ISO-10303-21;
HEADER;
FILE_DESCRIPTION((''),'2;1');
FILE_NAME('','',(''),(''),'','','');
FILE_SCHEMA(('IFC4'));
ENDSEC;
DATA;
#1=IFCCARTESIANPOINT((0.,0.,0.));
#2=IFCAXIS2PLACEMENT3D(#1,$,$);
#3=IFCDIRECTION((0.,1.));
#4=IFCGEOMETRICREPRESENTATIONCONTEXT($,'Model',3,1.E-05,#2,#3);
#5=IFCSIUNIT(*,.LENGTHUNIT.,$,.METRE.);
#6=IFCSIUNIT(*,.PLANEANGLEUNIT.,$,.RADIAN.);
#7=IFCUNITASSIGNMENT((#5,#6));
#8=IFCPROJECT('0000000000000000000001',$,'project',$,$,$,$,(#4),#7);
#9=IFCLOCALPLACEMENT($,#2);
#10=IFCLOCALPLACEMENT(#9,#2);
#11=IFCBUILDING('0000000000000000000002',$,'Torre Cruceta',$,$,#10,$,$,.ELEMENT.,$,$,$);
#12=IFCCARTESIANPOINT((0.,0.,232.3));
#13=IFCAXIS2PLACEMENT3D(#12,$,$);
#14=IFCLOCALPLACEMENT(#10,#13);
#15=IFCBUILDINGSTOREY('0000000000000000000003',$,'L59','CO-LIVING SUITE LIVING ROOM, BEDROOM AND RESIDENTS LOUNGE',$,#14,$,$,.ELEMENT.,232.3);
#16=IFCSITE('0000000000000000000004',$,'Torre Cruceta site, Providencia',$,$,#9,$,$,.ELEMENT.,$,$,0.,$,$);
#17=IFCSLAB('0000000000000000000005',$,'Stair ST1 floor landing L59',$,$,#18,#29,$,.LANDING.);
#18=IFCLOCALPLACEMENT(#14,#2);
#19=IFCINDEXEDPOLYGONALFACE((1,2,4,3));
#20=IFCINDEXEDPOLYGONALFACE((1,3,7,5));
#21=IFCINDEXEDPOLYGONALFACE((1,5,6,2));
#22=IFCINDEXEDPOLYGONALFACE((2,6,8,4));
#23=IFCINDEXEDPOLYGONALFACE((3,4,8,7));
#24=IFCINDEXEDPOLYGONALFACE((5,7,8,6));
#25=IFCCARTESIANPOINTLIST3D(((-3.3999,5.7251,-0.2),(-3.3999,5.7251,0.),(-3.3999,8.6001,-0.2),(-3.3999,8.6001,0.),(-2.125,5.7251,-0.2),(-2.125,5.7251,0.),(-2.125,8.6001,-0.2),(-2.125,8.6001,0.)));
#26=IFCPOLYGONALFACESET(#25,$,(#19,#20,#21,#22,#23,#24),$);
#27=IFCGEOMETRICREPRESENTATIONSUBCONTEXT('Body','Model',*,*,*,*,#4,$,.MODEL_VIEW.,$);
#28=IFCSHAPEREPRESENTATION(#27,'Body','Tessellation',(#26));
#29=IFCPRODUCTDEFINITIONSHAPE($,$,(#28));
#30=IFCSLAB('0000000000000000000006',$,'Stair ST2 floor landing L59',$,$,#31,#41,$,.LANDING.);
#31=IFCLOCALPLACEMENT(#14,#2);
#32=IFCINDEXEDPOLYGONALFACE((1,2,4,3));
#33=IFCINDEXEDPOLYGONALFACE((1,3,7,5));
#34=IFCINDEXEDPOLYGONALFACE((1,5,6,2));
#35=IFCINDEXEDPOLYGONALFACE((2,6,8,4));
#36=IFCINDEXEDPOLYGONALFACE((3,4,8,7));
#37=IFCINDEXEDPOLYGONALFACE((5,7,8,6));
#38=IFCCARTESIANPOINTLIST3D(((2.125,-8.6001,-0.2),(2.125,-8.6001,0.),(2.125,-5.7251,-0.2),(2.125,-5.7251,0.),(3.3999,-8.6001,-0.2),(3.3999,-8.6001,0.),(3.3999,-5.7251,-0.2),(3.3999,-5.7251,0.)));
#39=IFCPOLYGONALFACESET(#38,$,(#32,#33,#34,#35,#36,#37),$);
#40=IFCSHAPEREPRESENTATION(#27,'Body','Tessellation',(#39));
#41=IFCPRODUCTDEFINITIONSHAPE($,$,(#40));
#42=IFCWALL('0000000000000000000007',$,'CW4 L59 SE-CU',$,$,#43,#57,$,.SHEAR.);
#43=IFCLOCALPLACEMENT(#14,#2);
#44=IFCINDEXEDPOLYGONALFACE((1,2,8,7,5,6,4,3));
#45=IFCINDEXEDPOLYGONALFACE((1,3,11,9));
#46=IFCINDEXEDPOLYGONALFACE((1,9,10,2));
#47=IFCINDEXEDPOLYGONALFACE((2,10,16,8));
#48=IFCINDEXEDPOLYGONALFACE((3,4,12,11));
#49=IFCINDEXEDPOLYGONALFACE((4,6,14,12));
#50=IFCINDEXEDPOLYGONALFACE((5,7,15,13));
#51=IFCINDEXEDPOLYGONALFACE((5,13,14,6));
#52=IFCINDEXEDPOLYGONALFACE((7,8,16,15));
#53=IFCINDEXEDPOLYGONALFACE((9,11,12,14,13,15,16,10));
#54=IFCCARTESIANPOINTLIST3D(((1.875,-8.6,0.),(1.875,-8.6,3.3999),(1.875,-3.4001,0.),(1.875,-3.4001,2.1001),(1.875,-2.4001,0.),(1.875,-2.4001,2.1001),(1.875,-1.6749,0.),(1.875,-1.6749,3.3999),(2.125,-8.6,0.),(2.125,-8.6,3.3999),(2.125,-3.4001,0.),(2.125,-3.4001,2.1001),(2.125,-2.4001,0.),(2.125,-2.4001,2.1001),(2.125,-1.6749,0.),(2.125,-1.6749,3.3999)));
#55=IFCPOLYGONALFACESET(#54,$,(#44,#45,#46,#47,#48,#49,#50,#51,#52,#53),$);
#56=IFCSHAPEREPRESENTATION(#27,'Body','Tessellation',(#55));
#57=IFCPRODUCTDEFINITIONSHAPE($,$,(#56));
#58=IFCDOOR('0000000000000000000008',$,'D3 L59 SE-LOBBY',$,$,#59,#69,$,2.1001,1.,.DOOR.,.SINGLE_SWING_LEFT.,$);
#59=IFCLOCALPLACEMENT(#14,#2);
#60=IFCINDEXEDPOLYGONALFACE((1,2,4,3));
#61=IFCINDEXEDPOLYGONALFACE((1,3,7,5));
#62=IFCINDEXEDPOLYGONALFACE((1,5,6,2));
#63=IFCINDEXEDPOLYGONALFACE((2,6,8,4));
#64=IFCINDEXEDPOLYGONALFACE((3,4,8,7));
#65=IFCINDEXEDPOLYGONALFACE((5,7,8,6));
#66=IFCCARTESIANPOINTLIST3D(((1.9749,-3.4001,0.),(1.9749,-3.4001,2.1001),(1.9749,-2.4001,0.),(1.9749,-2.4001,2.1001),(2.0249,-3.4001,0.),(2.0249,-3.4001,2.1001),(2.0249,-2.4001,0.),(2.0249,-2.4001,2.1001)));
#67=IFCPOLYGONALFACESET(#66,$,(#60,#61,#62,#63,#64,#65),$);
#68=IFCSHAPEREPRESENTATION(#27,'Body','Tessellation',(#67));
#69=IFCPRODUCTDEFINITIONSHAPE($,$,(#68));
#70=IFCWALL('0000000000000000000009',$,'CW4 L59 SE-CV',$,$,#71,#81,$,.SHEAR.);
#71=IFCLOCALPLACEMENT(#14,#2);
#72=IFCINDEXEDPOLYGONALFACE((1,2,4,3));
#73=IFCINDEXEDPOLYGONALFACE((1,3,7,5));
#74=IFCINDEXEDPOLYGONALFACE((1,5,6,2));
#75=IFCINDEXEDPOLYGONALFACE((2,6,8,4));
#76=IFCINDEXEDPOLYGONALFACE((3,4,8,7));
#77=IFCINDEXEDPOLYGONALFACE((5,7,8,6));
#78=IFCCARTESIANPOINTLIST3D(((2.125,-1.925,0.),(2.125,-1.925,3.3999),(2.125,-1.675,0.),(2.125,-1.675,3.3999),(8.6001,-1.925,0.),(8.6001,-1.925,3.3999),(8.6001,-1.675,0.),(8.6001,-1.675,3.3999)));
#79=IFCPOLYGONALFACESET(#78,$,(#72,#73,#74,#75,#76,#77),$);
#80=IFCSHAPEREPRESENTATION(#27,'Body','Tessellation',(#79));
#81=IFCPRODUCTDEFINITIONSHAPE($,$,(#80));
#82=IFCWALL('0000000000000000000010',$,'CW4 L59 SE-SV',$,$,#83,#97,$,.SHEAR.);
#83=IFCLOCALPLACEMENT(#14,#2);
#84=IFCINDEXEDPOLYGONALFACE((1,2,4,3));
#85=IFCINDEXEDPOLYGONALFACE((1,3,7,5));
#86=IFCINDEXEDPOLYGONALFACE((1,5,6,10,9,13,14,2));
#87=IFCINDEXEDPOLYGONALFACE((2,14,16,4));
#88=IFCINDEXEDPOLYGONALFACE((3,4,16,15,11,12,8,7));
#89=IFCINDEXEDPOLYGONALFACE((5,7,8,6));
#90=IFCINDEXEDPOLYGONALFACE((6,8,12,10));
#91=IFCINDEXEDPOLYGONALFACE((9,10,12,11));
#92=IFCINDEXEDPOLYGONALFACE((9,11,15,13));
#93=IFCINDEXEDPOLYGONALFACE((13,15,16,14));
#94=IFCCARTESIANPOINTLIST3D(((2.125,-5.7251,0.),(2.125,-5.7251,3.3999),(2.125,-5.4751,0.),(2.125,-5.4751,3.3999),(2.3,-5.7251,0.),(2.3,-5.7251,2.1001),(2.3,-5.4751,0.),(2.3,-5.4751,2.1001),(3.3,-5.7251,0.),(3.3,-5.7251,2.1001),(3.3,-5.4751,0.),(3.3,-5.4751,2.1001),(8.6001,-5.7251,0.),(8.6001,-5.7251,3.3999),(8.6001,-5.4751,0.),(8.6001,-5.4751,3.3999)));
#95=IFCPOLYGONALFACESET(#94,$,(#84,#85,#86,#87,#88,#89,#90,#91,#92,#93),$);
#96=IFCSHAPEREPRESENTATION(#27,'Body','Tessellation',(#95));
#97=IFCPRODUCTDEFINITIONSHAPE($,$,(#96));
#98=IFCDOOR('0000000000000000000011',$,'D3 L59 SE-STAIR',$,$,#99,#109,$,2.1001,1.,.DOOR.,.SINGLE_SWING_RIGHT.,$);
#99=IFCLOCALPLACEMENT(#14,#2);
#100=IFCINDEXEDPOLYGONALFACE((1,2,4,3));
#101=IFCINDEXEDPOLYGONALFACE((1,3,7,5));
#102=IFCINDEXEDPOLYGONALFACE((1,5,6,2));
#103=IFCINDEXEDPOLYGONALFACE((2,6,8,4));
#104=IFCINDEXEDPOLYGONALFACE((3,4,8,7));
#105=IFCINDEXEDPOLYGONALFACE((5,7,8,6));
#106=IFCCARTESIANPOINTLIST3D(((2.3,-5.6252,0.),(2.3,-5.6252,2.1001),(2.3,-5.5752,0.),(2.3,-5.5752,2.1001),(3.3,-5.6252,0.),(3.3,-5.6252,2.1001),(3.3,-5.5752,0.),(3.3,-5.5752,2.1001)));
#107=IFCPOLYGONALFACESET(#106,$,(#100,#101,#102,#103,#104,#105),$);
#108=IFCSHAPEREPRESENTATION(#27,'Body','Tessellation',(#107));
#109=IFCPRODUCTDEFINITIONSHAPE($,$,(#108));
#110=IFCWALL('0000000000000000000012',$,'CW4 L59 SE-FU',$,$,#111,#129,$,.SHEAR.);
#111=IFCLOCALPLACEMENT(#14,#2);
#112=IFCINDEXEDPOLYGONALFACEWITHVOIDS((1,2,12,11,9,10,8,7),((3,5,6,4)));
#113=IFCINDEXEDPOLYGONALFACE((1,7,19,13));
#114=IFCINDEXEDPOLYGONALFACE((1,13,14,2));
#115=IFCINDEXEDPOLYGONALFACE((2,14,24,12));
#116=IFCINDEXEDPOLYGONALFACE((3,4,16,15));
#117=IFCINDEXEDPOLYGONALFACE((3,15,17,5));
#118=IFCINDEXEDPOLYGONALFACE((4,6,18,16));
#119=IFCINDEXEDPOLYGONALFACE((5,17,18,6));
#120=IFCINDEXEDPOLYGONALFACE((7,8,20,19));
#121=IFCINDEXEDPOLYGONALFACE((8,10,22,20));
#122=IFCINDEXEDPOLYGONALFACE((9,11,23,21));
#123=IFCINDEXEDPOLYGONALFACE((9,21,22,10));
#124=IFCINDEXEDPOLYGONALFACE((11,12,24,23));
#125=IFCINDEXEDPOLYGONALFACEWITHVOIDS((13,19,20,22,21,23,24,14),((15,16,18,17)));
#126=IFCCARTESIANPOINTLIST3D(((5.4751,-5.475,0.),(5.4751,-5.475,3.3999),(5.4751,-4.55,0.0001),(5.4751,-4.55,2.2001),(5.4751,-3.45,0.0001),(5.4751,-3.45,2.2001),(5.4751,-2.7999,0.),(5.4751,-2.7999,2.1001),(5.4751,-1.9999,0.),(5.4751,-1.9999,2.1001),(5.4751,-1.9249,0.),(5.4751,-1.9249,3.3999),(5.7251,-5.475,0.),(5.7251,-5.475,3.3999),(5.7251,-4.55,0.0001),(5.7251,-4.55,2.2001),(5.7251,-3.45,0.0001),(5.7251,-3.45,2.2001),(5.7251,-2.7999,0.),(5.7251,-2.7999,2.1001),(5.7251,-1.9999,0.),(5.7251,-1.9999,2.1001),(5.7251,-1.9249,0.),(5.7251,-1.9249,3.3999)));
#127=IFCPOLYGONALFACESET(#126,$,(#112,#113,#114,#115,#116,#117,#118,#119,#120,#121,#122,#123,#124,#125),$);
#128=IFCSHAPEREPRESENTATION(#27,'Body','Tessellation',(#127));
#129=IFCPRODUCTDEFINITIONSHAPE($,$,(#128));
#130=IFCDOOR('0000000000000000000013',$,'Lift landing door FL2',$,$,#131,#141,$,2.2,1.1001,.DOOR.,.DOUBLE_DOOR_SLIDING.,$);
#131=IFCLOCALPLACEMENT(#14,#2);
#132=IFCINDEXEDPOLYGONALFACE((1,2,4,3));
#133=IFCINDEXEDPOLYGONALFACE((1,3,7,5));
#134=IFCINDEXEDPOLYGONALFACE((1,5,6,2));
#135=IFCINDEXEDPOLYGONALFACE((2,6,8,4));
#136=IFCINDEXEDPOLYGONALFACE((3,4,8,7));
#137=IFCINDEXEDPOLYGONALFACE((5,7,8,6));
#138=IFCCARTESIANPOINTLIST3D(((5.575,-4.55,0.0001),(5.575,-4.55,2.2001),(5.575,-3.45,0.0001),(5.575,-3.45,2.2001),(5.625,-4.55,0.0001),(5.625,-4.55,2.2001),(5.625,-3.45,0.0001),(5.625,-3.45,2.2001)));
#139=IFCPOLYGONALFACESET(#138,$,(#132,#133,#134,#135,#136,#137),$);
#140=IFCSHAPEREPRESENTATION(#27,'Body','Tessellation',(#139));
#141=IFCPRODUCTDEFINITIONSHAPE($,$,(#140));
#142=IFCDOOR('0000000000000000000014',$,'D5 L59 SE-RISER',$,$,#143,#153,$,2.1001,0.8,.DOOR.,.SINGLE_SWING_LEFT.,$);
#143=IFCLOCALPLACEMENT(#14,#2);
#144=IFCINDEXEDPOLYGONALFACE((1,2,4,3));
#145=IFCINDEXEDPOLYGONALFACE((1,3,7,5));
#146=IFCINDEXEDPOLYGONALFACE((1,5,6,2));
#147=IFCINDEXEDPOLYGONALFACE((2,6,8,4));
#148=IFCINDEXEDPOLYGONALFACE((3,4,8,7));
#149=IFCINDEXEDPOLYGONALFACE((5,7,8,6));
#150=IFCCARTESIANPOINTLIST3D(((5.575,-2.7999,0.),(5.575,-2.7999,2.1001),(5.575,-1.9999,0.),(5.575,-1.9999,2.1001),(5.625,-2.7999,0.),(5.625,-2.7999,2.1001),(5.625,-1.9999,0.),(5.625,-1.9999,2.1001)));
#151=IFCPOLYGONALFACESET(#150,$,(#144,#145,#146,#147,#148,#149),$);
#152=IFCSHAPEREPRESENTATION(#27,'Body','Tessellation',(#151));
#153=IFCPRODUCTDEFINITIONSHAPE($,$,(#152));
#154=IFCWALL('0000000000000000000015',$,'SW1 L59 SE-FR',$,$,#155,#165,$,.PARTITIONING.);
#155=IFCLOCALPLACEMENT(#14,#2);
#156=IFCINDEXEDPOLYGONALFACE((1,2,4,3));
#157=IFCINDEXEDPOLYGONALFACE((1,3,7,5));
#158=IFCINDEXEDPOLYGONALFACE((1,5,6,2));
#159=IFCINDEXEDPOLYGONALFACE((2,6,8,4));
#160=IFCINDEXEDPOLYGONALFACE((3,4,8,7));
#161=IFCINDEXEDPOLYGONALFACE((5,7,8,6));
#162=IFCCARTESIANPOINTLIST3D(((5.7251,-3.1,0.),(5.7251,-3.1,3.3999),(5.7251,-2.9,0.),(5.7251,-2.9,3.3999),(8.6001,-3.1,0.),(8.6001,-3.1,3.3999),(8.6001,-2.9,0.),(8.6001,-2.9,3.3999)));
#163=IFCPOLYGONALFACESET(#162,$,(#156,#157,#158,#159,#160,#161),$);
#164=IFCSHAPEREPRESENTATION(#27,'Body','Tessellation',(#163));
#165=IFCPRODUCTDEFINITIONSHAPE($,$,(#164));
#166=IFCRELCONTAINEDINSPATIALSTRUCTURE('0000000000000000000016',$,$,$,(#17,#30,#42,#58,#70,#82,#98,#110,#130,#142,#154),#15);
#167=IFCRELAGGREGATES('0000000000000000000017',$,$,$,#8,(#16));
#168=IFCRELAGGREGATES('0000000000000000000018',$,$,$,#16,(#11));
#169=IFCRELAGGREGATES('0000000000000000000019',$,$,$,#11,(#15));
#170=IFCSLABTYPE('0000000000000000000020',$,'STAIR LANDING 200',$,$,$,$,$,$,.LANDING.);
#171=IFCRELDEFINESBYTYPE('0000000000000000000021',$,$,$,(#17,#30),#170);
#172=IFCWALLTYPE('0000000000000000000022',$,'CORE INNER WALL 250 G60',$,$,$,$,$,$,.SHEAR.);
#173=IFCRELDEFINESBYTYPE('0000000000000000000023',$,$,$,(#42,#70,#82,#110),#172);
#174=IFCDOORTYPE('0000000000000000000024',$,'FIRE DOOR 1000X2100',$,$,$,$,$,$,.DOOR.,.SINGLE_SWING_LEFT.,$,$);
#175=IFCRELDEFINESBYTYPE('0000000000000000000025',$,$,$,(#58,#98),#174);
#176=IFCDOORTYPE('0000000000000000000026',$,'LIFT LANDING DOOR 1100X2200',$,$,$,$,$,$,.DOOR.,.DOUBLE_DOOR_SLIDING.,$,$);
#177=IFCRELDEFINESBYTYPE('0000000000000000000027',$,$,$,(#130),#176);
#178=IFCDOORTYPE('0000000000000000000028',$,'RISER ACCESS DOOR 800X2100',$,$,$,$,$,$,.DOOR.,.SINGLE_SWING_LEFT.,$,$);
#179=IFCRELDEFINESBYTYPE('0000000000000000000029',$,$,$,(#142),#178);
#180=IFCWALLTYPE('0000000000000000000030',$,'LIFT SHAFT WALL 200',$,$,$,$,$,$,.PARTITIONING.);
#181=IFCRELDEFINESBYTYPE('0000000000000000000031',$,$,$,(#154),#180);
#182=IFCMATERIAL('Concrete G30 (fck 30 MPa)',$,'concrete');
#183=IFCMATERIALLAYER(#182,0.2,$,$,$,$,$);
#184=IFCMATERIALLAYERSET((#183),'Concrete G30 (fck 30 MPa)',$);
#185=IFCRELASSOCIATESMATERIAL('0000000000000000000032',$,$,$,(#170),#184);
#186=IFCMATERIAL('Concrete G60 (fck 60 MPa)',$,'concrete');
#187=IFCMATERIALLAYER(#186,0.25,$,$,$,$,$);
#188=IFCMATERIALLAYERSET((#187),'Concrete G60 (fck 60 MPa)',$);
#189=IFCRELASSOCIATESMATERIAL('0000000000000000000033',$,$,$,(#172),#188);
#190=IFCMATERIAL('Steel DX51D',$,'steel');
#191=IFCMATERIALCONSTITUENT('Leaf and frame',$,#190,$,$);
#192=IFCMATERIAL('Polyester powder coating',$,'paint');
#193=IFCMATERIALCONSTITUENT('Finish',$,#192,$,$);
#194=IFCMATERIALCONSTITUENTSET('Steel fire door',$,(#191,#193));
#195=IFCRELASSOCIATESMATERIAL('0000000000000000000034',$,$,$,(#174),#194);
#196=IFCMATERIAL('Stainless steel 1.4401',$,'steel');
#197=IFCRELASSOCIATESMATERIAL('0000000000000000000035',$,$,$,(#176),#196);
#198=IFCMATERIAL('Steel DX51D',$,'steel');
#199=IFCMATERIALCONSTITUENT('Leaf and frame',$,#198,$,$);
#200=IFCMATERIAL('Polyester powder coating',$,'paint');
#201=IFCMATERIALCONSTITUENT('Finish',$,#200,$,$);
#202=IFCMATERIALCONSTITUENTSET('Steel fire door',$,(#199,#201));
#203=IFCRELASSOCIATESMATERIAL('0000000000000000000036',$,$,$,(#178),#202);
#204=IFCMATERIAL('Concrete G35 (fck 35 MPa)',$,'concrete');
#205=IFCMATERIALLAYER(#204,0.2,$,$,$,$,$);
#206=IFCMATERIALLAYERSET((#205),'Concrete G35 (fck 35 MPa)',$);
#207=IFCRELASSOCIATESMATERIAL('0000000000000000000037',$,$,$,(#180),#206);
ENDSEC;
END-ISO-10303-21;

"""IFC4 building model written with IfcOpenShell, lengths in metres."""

from ifc_helpers import new_model, si_unit, direction, frame, frame_2d, origin, place, context, subcontext, project, spatial, polyline, rectangle, outline, extrude, material, layer, layer_set, constituent, constituent_set, type_object, element, fill, save


model = new_model("IFC4")

# Units and contexts
model_context = context("Model", 3, precision=1e-05, world=origin(), true_north=direction((0.0, 1.0)))
body_context = subcontext(model_context, "Body", "Model", "MODEL_VIEW")
ifc_project = project(units=[si_unit("LENGTHUNIT", "METRE"), si_unit("PLANEANGLEUNIT", "RADIAN")], contexts=[model_context])

# Site, building, storey
site_placement = place(None, origin())
site = spatial("IfcSite", under=ifc_project, at=site_placement, Name="Torre Cruceta site, Providencia", CompositionType="ELEMENT", RefElevation=0.0)
building_placement = place(site_placement, origin())
building = spatial("IfcBuilding", under=site, at=building_placement, Name="Torre Cruceta", CompositionType="ELEMENT")
storey_placement = place(building_placement, frame((0.0, 0.0, 232.3)))
storey = spatial("IfcBuildingStorey", under=building, at=storey_placement, Name="L59", Description="CO-LIVING SUITE LIVING ROOM, BEDROOM AND RESIDENTS LOUNGE", CompositionType="ELEMENT", Elevation=232.3)

# Shared definitions
ifc_material_1 = material(Name="Concrete G30 (fck 30 MPa)", Category="concrete")
ifc_layer_1 = layer(ifc_material_1, 0.2)
ifc_layer_set_1 = layer_set([ifc_layer_1], Name="Concrete G30 (fck 30 MPa)")
slab_type_1 = type_object("IfcSlabType", Name="STAIR LANDING 200", PredefinedType="LANDING", material=ifc_layer_set_1)

# Slabs
slab_1_placement = place(storey_placement, frame((0.0, 0.0, -0.2)))
element("IfcSlab", 1, at=slab_1_placement, inside=storey, type_object=slab_type_1, Name="Stair ST1 floor landing L59", PredefinedType="LANDING", context=body_context, shape_type="SweptSolid", body=[
    extrude(outline(polyline([(-2.125, 8.6001), (-2.125, 5.7251), (-3.3999, 5.7251), (-3.3999, 8.6001), (-2.125, 8.6001)])), origin(), (0.0, 0.0, 1.0), 0.2),
])
slab_2_placement = place(storey_placement, frame((0.0, 0.0, -0.2)))
element("IfcSlab", 2, at=slab_2_placement, inside=storey, type_object=slab_type_1, Name="Stair ST2 floor landing L59", PredefinedType="LANDING", context=body_context, shape_type="SweptSolid", body=[
    extrude(outline(polyline([(2.125, -8.6001), (2.125, -5.7251), (3.3999, -5.7251), (3.3999, -8.6001), (2.125, -8.6001)])), origin(), (0.0, 0.0, 1.0), 0.2),
])

# Wall, opening, door
ifc_material_2 = material(Name="Concrete G60 (fck 60 MPa)", Category="concrete")
ifc_layer_2 = layer(ifc_material_2, 0.25)
ifc_layer_set_2 = layer_set([ifc_layer_2], Name="Concrete G60 (fck 60 MPa)")
wall_type_1 = type_object("IfcWallType", Name="CORE INNER WALL 250 G60", PredefinedType="SHEAR", material=ifc_layer_set_2)
wall_1_placement = place(storey_placement, frame((2.0, -1.675, 0.0), z_axis=(0.0, 0.0, 1.0), x_axis=(0.0, -1.0, 0.0)))
wall_1 = element("IfcWall", 3, at=wall_1_placement, inside=storey, type_object=wall_type_1, Name="CW4 L59 SE-CU", PredefinedType="SHEAR", context=body_context, shape_type="SweptSolid", body=[
    extrude(rectangle(XDim=6.925, YDim=0.25, at=frame_2d((3.4624, 0.0))), origin(), (0.0, 0.0, 1.0), 3.3999),
])
opening_1_placement = place(wall_1_placement, frame((0.7251, 0.0, 0.0)))
opening_1 = element("IfcOpeningElement", 4, at=opening_1_placement, cuts=wall_1, PredefinedType="OPENING", context=body_context, shape_type="SweptSolid", body=[
    extrude(rectangle(XDim=1.0, YDim=2.1001, at=frame_2d((0.5, 1.05))), frame((0.0, 0.135, 0.0), z_axis=(0.0, -1.0, 0.0), x_axis=(1.0, 0.0, 0.0)), (0.0, 0.0, 1.0), 0.27),
])
ifc_material_3 = material(Name="Steel DX51D", Category="steel")
ifc_constituent_1 = constituent(ifc_material_3, Name="Leaf and frame")
ifc_material_4 = material(Name="Polyester powder coating", Category="paint")
ifc_constituent_2 = constituent(ifc_material_4, Name="Finish")
ifc_constituent_set_1 = constituent_set(constituents=[ifc_constituent_1, ifc_constituent_2], Name="Steel fire door")
door_type_1 = type_object("IfcDoorType", Name="FIRE DOOR 1000X2100", OperationType="SINGLE_SWING_LEFT", PredefinedType="DOOR", material=ifc_constituent_set_1)
door_1_placement = place(opening_1_placement, origin())
door_1 = element("IfcDoor", 5, at=door_1_placement, inside=storey, type_object=door_type_1, Name="D3 L59 SE-LOBBY", OperationType="SINGLE_SWING_LEFT", OverallHeight=2.1001, OverallWidth=1.0, PredefinedType="DOOR", context=body_context, shape_type="SweptSolid", body=[
    extrude(rectangle(XDim=1.0, YDim=2.1001, at=frame_2d((0.5, 1.05))), frame((0.0, 0.0249, 0.0), z_axis=(0.0, -1.0, 0.0), x_axis=(1.0, 0.0, 0.0)), (0.0, 0.0, 1.0), 0.05),
])
fill(opening_1, door_1)

# Wall
wall_2_placement = place(storey_placement, frame((2.125, -1.8, 0.0), z_axis=(0.0, 0.0, 1.0), x_axis=(1.0, 0.0, 0.0)))
element("IfcWall", 6, at=wall_2_placement, inside=storey, type_object=wall_type_1, Name="CW4 L59 SE-CV", PredefinedType="SHEAR", context=body_context, shape_type="SweptSolid", body=[
    extrude(rectangle(XDim=6.4751, YDim=0.25, at=frame_2d((3.2375, 0.0))), origin(), (0.0, 0.0, 1.0), 3.3999),
])

# Wall, opening, door
wall_3_placement = place(storey_placement, frame((2.125, -5.6001, 0.0), z_axis=(0.0, 0.0, 1.0), x_axis=(1.0, 0.0, 0.0)))
wall_3 = element("IfcWall", 7, at=wall_3_placement, inside=storey, type_object=wall_type_1, Name="CW4 L59 SE-SV", PredefinedType="SHEAR", context=body_context, shape_type="SweptSolid", body=[
    extrude(rectangle(XDim=6.4751, YDim=0.25, at=frame_2d((3.2375, 0.0))), origin(), (0.0, 0.0, 1.0), 3.3999),
])
opening_2_placement = place(wall_3_placement, frame((0.175, 0.0, 0.0)))
opening_2 = element("IfcOpeningElement", 8, at=opening_2_placement, cuts=wall_3, PredefinedType="OPENING", context=body_context, shape_type="SweptSolid", body=[
    extrude(rectangle(XDim=1.0, YDim=2.1001, at=frame_2d((0.5, 1.05))), frame((0.0, 0.135, 0.0), z_axis=(0.0, -1.0, 0.0), x_axis=(1.0, 0.0, 0.0)), (0.0, 0.0, 1.0), 0.27),
])
door_2_placement = place(opening_2_placement, frame((1.0, 0.0, 0.0), z_axis=(0.0, 0.0, 1.0), x_axis=(-1.0, 0.0, 0.0)))
door_2 = element("IfcDoor", 9, at=door_2_placement, inside=storey, type_object=door_type_1, Name="D3 L59 SE-STAIR", OperationType="SINGLE_SWING_RIGHT", OverallHeight=2.1001, OverallWidth=1.0, PredefinedType="DOOR", context=body_context, shape_type="SweptSolid", body=[
    extrude(rectangle(XDim=1.0, YDim=2.1001, at=frame_2d((0.5, 1.05))), frame((0.0, 0.0251, 0.0), z_axis=(0.0, -1.0, 0.0), x_axis=(1.0, 0.0, 0.0)), (0.0, 0.0, 1.0), 0.05),
])
fill(opening_2, door_2)

# Wall, openings, doors
wall_4_placement = place(storey_placement, frame((5.6001, -1.925, 0.0), z_axis=(0.0, 0.0, 1.0), x_axis=(0.0, -1.0, 0.0)))
wall_4 = element("IfcWall", 10, at=wall_4_placement, inside=storey, type_object=wall_type_1, Name="CW4 L59 SE-FU", PredefinedType="SHEAR", context=body_context, shape_type="SweptSolid", body=[
    extrude(rectangle(XDim=3.55, YDim=0.25, at=frame_2d((1.7749, 0.0))), origin(), (0.0, 0.0, 1.0), 3.3999),
])
opening_3_placement = place(wall_4_placement, frame((1.5249, 0.0, 0.0)))
opening_3 = element("IfcOpeningElement", 11, at=opening_3_placement, cuts=wall_4, PredefinedType="OPENING", context=body_context, shape_type="SweptSolid", body=[
    extrude(rectangle(XDim=1.1001, YDim=2.2, at=frame_2d((0.55, 1.1001))), frame((0.0, 0.135, 0.0), z_axis=(0.0, -1.0, 0.0), x_axis=(1.0, 0.0, 0.0)), (0.0, 0.0, 1.0), 0.27),
])
opening_4_placement = place(wall_4_placement, frame((0.075, 0.0, 0.0)))
opening_4 = element("IfcOpeningElement", 12, at=opening_4_placement, cuts=wall_4, PredefinedType="OPENING", context=body_context, shape_type="SweptSolid", body=[
    extrude(rectangle(XDim=0.8, YDim=2.1001, at=frame_2d((0.3999, 1.05))), frame((0.0, 0.135, 0.0), z_axis=(0.0, -1.0, 0.0), x_axis=(1.0, 0.0, 0.0)), (0.0, 0.0, 1.0), 0.27),
])
ifc_material_5 = material(Name="Stainless steel 1.4401", Category="steel")
door_type_2 = type_object("IfcDoorType", Name="LIFT LANDING DOOR 1100X2200", OperationType="DOUBLE_DOOR_SLIDING", PredefinedType="DOOR", material=ifc_material_5)
door_3_placement = place(opening_3_placement, origin())
door_3 = element("IfcDoor", 13, at=door_3_placement, inside=storey, type_object=door_type_2, Name="Lift landing door FL2", OperationType="DOUBLE_DOOR_SLIDING", OverallHeight=2.2, OverallWidth=1.1001, PredefinedType="DOOR", context=body_context, shape_type="SweptSolid", body=[
    extrude(rectangle(XDim=1.1001, YDim=2.2, at=frame_2d((0.55, 1.1001))), frame((0.0, 0.0249, 0.0), z_axis=(0.0, -1.0, 0.0), x_axis=(1.0, 0.0, 0.0)), (0.0, 0.0, 1.0), 0.05),
])
fill(opening_3, door_3)
ifc_material_6 = material(Name="Steel DX51D", Category="steel")
ifc_constituent_3 = constituent(ifc_material_6, Name="Leaf and frame")
ifc_material_7 = material(Name="Polyester powder coating", Category="paint")
ifc_constituent_4 = constituent(ifc_material_7, Name="Finish")
ifc_constituent_set_2 = constituent_set(constituents=[ifc_constituent_3, ifc_constituent_4], Name="Steel fire door")
door_type_3 = type_object("IfcDoorType", Name="RISER ACCESS DOOR 800X2100", OperationType="SINGLE_SWING_LEFT", PredefinedType="DOOR", material=ifc_constituent_set_2)
door_4_placement = place(opening_4_placement, origin())
door_4 = element("IfcDoor", 14, at=door_4_placement, inside=storey, type_object=door_type_3, Name="D5 L59 SE-RISER", OperationType="SINGLE_SWING_LEFT", OverallHeight=2.1001, OverallWidth=0.8, PredefinedType="DOOR", context=body_context, shape_type="SweptSolid", body=[
    extrude(rectangle(XDim=0.8, YDim=2.1001, at=frame_2d((0.3999, 1.05))), frame((0.0, 0.0249, 0.0), z_axis=(0.0, -1.0, 0.0), x_axis=(1.0, 0.0, 0.0)), (0.0, 0.0, 1.0), 0.05),
])
fill(opening_4, door_4)

# Wall
ifc_material_8 = material(Name="Concrete G35 (fck 35 MPa)", Category="concrete")
ifc_layer_3 = layer(ifc_material_8, 0.2)
ifc_layer_set_3 = layer_set([ifc_layer_3], Name="Concrete G35 (fck 35 MPa)")
wall_type_2 = type_object("IfcWallType", Name="LIFT SHAFT WALL 200", PredefinedType="PARTITIONING", material=ifc_layer_set_3)
wall_5_placement = place(storey_placement, frame((5.7251, -3.0, 0.0), z_axis=(0.0, 0.0, 1.0), x_axis=(1.0, 0.0, 0.0)))
element("IfcWall", 15, at=wall_5_placement, inside=storey, type_object=wall_type_2, Name="SW1 L59 SE-FR", PredefinedType="PARTITIONING", context=body_context, shape_type="SweptSolid", body=[
    extrude(rectangle(XDim=2.875, YDim=0.2, at=frame_2d((1.4375, 0.0))), origin(), (0.0, 0.0, 1.0), 3.3999),
])

save(model, "model.ifc")
